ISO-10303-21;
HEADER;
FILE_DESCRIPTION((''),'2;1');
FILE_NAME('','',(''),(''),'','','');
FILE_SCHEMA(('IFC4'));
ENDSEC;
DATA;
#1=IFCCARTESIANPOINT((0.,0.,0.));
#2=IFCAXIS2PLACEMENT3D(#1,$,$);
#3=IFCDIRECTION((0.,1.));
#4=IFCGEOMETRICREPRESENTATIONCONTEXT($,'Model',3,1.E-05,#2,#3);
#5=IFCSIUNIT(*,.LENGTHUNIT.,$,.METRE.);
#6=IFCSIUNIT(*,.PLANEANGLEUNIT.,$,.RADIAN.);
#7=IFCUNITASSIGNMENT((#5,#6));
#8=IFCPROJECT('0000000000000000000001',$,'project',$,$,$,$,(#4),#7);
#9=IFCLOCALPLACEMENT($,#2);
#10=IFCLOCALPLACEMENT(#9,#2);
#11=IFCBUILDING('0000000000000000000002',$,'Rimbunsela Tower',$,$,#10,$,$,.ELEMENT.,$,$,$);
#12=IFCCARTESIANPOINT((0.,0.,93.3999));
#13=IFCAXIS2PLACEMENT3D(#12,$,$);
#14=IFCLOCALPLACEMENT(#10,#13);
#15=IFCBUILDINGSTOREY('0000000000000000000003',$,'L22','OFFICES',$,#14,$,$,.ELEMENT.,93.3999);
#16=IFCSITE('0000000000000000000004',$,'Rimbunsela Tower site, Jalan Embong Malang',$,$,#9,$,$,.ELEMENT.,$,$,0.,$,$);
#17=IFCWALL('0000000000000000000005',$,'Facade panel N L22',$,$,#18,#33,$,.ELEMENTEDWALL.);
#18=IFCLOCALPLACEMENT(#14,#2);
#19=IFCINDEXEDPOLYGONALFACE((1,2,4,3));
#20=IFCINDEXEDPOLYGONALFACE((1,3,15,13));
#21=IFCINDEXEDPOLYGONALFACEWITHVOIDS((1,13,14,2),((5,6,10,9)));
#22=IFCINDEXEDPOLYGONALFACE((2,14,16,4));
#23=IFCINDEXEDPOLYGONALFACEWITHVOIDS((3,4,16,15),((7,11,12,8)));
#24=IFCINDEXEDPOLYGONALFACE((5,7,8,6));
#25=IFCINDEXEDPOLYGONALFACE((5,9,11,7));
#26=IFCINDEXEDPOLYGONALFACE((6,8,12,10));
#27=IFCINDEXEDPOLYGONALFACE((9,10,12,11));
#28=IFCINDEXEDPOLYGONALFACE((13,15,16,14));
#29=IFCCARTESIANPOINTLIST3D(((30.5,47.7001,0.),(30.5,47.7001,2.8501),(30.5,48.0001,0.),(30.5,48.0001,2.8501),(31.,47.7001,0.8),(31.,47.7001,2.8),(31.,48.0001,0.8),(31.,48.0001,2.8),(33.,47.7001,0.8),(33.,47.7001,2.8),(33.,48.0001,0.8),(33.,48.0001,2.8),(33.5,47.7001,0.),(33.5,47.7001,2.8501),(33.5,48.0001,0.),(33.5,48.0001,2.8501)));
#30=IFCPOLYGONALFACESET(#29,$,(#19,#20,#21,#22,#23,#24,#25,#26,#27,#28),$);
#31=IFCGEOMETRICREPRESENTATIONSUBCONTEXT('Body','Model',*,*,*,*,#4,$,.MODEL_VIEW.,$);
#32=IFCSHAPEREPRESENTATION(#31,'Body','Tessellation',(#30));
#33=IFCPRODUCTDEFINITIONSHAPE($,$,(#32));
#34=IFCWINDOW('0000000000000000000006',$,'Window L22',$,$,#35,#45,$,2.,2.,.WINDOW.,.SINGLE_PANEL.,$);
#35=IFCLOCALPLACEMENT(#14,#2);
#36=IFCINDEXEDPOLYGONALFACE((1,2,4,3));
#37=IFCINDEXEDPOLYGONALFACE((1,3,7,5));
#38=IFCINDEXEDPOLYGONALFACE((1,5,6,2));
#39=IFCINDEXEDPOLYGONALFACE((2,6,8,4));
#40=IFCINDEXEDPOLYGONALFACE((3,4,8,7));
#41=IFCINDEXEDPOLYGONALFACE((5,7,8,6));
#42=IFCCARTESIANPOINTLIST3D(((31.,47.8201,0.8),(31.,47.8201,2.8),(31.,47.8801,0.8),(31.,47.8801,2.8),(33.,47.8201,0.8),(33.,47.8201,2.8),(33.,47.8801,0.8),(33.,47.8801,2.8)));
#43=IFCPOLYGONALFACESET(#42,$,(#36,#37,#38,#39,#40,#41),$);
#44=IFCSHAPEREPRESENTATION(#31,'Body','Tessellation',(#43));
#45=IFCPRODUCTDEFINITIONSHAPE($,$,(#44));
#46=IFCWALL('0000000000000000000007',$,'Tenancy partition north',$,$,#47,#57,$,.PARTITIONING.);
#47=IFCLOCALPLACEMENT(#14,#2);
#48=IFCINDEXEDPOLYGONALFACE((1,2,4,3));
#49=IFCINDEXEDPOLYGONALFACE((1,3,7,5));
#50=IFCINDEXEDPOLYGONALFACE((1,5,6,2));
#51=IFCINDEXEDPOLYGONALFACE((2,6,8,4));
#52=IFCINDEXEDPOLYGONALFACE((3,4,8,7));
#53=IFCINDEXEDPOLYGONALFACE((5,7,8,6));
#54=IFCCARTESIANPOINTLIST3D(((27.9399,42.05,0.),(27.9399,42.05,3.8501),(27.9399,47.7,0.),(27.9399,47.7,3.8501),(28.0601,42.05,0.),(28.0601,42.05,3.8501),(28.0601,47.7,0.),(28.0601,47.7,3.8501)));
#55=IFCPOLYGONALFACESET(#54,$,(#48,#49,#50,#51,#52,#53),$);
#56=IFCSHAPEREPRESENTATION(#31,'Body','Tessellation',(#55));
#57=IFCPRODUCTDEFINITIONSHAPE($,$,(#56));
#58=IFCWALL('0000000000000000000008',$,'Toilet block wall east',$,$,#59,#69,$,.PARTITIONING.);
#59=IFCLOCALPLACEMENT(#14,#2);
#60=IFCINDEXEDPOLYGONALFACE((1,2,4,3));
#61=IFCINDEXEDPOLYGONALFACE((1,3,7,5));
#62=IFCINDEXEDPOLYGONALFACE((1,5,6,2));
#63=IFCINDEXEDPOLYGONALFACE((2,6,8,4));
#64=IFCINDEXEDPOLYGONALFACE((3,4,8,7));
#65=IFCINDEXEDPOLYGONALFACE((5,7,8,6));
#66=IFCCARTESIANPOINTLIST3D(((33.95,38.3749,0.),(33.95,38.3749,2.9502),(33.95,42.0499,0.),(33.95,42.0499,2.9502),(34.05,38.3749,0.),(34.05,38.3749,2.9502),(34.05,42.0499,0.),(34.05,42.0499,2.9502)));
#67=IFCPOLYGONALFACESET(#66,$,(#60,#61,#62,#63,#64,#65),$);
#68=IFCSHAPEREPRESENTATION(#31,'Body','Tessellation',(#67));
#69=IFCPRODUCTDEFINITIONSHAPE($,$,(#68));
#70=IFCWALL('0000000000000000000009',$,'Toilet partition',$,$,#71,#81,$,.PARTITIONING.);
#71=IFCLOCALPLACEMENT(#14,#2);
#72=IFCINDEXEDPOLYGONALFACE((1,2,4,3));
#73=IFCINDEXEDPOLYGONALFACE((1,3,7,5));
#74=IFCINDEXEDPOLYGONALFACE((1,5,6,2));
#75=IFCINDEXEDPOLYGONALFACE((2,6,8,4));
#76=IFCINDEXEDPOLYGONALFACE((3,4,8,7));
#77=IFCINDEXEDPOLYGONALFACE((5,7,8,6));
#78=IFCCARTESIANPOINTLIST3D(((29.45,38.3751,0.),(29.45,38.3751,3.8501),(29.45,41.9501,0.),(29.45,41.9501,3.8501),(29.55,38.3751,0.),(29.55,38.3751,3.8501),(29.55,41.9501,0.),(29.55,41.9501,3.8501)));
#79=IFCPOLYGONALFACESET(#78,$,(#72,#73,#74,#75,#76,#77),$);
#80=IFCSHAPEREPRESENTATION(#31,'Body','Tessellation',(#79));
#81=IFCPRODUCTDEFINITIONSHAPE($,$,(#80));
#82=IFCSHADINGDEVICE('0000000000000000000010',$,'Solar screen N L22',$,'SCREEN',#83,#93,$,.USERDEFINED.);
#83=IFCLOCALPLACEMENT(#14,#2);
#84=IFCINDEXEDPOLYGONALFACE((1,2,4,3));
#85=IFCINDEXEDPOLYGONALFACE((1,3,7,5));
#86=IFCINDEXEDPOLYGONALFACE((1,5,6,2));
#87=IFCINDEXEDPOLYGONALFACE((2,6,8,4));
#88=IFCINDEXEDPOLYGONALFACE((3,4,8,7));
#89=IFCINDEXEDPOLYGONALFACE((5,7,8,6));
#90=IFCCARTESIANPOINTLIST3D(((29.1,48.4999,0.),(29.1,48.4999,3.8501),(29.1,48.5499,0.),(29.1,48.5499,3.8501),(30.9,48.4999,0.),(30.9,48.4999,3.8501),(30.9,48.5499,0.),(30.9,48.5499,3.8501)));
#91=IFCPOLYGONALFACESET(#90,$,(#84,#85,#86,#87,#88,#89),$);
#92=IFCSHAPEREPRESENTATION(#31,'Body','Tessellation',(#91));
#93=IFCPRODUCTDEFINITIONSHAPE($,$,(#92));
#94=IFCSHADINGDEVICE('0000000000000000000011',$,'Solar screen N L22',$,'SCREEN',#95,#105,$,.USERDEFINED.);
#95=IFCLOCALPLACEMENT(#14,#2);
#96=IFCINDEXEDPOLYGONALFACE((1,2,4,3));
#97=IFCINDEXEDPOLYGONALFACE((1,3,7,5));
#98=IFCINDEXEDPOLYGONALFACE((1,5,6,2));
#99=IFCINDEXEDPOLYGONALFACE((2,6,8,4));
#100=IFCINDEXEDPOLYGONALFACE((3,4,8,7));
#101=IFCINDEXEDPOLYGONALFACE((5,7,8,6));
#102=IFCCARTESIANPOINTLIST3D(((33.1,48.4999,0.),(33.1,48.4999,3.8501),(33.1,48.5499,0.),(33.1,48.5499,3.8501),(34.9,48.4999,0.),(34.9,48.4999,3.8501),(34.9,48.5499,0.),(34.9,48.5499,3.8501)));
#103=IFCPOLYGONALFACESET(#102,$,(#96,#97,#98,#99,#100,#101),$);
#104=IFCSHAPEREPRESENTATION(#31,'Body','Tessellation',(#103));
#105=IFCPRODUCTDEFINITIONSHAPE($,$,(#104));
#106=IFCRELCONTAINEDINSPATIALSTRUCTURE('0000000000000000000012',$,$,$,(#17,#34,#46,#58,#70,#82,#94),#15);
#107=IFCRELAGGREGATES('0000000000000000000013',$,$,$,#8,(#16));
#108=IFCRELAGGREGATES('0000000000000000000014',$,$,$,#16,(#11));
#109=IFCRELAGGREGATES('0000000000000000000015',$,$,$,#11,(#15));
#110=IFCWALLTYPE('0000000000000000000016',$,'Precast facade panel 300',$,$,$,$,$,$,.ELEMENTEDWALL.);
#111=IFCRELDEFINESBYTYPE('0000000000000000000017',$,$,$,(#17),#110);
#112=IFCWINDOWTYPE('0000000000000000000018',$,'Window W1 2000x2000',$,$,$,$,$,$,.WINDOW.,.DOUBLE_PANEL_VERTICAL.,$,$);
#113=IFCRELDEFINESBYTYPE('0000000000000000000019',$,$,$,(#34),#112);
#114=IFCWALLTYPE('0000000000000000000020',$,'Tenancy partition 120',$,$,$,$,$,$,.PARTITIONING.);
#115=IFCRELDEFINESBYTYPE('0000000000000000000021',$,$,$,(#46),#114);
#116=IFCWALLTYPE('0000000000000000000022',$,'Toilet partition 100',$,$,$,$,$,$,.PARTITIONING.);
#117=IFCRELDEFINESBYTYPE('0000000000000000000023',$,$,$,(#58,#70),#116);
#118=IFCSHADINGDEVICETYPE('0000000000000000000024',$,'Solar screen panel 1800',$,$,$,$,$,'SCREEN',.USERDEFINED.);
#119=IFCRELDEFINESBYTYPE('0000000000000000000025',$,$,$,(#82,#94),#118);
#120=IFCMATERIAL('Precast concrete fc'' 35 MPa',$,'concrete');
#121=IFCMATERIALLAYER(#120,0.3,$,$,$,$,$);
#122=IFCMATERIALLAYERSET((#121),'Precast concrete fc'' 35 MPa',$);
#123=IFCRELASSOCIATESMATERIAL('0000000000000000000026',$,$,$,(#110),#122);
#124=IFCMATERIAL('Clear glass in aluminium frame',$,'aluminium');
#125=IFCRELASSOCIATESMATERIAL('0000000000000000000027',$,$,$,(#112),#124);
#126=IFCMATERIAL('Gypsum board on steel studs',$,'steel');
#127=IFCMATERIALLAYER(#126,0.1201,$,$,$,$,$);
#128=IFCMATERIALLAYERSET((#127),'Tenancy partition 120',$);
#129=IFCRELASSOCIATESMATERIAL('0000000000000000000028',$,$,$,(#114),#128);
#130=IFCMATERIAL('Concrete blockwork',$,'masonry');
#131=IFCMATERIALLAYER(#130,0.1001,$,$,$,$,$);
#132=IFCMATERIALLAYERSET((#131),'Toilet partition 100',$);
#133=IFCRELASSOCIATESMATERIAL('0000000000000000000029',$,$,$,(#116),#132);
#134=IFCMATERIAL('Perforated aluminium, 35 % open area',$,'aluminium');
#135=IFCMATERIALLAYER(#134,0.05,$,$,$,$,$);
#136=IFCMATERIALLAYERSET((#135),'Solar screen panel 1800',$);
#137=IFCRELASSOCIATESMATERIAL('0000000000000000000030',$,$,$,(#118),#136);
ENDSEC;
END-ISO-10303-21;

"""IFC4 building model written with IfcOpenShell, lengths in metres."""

from ifc_helpers import new_model, si_unit, direction, frame, frame_2d, origin, origin_2d, place, context, subcontext, project, spatial, rectangle, extrude, material, layer, layer_set, type_object, element, fill, save


model = new_model("IFC4")

# Units and contexts
model_context = context("Model", 3, precision=1e-05, world=origin(), true_north=direction((0.0, 1.0)))
body_context = subcontext(model_context, "Body", "Model", "MODEL_VIEW")
ifc_project = project(units=[si_unit("LENGTHUNIT", "METRE"), si_unit("PLANEANGLEUNIT", "RADIAN")], contexts=[model_context])

# Site, building, storey
site_placement = place(None, origin())
site = spatial("IfcSite", under=ifc_project, at=site_placement, Name="Rimbunsela Tower site, Jalan Embong Malang", CompositionType="ELEMENT", RefElevation=0.0)
building_placement = place(site_placement, origin())
building = spatial("IfcBuilding", under=site, at=building_placement, Name="Rimbunsela Tower", CompositionType="ELEMENT")
storey_placement = place(building_placement, frame((0.0, 0.0, 93.3999)))
storey = spatial("IfcBuildingStorey", under=building, at=storey_placement, Name="L22", Description="OFFICES", CompositionType="ELEMENT", Elevation=93.3999)

# Shared definitions
ifc_material_1 = material(Name="Precast concrete fc' 35 MPa", Category="concrete")
ifc_layer_1 = layer(ifc_material_1, 0.3)
ifc_layer_set_1 = layer_set([ifc_layer_1], Name="Precast concrete fc' 35 MPa")
wall_type_1 = type_object("IfcWallType", Name="Precast facade panel 300", PredefinedType="ELEMENTEDWALL", material=ifc_layer_set_1)

# Wall, opening, window
wall_1_placement = place(storey_placement, frame((33.5, 47.8501, 0.0), z_axis=(0.0, 0.0, 1.0), x_axis=(-1.0, 0.0, 0.0)))
wall_1 = element("IfcWall", 1, at=wall_1_placement, inside=storey, type_object=wall_type_1, Name="Facade panel N L22", PredefinedType="ELEMENTEDWALL", context=body_context, shape_type="SweptSolid", body=[
    extrude(rectangle(XDim=3.0, YDim=0.3, at=frame_2d((1.5, 0.0))), origin(), (0.0, 0.0, 1.0), 2.8501),
])
opening_1_placement = place(wall_1_placement, frame((0.5, 0.0, 0.8)))
opening_1 = element("IfcOpeningElement", 2, at=opening_1_placement, cuts=wall_1, PredefinedType="OPENING", context=body_context, shape_type="SweptSolid", body=[
    extrude(rectangle(XDim=2.0, YDim=2.0, at=frame_2d((1.0, 1.0))), frame((0.0, 0.1599, 0.0), z_axis=(0.0, -1.0, 0.0), x_axis=(1.0, 0.0, 0.0)), (0.0, 0.0, 1.0), 0.3201),
])
ifc_material_2 = material(Name="Clear glass in aluminium frame", Category="aluminium")
window_type_1 = type_object("IfcWindowType", Name="Window W1 2000x2000", PartitioningType="DOUBLE_PANEL_VERTICAL", PredefinedType="WINDOW", material=ifc_material_2)
window_1_placement = place(opening_1_placement, origin())
window_1 = element("IfcWindow", 3, at=window_1_placement, inside=storey, type_object=window_type_1, Name="Window L22", OverallHeight=2.0, OverallWidth=2.0, PartitioningType="SINGLE_PANEL", PredefinedType="WINDOW", context=body_context, shape_type="SweptSolid", body=[
    extrude(rectangle(XDim=2.0, YDim=2.0, at=frame_2d((1.0, 1.0))), frame((0.0, 0.03, 0.0), z_axis=(0.0, -1.0, 0.0), x_axis=(1.0, 0.0, 0.0)), (0.0, 0.0, 1.0), 0.0601),
])
fill(opening_1, window_1)

# Walls
ifc_material_3 = material(Name="Gypsum board on steel studs", Category="steel")
ifc_layer_2 = layer(ifc_material_3, 0.1201)
ifc_layer_set_2 = layer_set([ifc_layer_2], Name="Tenancy partition 120")
wall_type_2 = type_object("IfcWallType", Name="Tenancy partition 120", PredefinedType="PARTITIONING", material=ifc_layer_set_2)
wall_2_placement = place(storey_placement, frame((28.0, 42.05, 0.0), z_axis=(0.0, 0.0, 1.0), x_axis=(0.0, 1.0, 0.0)))
element("IfcWall", 4, at=wall_2_placement, inside=storey, type_object=wall_type_2, Name="Tenancy partition north", PredefinedType="PARTITIONING", context=body_context, shape_type="SweptSolid", body=[
    extrude(rectangle(XDim=5.6499, YDim=0.1201, at=frame_2d((2.825, 0.0))), origin(), (0.0, 0.0, 1.0), 3.8501),
])
ifc_material_4 = material(Name="Concrete blockwork", Category="masonry")
ifc_layer_3 = layer(ifc_material_4, 0.1001)
ifc_layer_set_3 = layer_set([ifc_layer_3], Name="Toilet partition 100")
wall_type_3 = type_object("IfcWallType", Name="Toilet partition 100", PredefinedType="PARTITIONING", material=ifc_layer_set_3)
wall_3_placement = place(storey_placement, frame((34.0, 38.375, 0.0), z_axis=(0.0, 0.0, 1.0), x_axis=(0.0, 1.0, 0.0)))
element("IfcWall", 5, at=wall_3_placement, inside=storey, type_object=wall_type_3, Name="Toilet block wall east", PredefinedType="PARTITIONING", context=body_context, shape_type="SweptSolid", body=[
    extrude(rectangle(XDim=3.675, YDim=0.1001, at=frame_2d((1.8374, 0.0))), origin(), (0.0, 0.0, 1.0), 2.9502),
])
wall_4_placement = place(storey_placement, frame((29.5, 38.375, 0.0), z_axis=(0.0, 0.0, 1.0), x_axis=(0.0, 1.0, 0.0)))
element("IfcWall", 6, at=wall_4_placement, inside=storey, type_object=wall_type_3, Name="Toilet partition", PredefinedType="PARTITIONING", context=body_context, shape_type="SweptSolid", body=[
    extrude(rectangle(XDim=3.575, YDim=0.1001, at=frame_2d((1.7876, 0.0))), origin(), (0.0, 0.0, 1.0), 3.8501),
])

# Shading devices
ifc_material_5 = material(Name="Perforated aluminium, 35 % open area", Category="aluminium")
ifc_layer_4 = layer(ifc_material_5, 0.05)
ifc_layer_set_4 = layer_set([ifc_layer_4], Name="Solar screen panel 1800")
shading_device_type = type_object("IfcShadingDeviceType", Name="Solar screen panel 1800", ElementType="SCREEN", PredefinedType="USERDEFINED", material=ifc_layer_set_4)
for number, where, z_axis, x_axis, name in (
    (7, (30.0, 48.5249, 0.0), (0.0, 0.0, 1.0), (1.0, 0.0, 0.0), "Solar screen N L22"),
    (8, (34.0, 48.5249, 0.0), (0.0, 0.0, 1.0), (1.0, 0.0, 0.0), "Solar screen N L22"),
):
    element("IfcShadingDevice", number, at=place(storey_placement, frame(where, z_axis=z_axis, x_axis=x_axis)), inside=storey, type_object=shading_device_type, Name=name, ObjectType="SCREEN", PredefinedType="USERDEFINED", context=body_context, shape_type="SweptSolid", body=[
        extrude(rectangle(XDim=1.8, YDim=0.05, at=origin_2d()), origin(), (0.0, 0.0, 1.0), 3.8501),
    ])

save(model, "model.ifc")
